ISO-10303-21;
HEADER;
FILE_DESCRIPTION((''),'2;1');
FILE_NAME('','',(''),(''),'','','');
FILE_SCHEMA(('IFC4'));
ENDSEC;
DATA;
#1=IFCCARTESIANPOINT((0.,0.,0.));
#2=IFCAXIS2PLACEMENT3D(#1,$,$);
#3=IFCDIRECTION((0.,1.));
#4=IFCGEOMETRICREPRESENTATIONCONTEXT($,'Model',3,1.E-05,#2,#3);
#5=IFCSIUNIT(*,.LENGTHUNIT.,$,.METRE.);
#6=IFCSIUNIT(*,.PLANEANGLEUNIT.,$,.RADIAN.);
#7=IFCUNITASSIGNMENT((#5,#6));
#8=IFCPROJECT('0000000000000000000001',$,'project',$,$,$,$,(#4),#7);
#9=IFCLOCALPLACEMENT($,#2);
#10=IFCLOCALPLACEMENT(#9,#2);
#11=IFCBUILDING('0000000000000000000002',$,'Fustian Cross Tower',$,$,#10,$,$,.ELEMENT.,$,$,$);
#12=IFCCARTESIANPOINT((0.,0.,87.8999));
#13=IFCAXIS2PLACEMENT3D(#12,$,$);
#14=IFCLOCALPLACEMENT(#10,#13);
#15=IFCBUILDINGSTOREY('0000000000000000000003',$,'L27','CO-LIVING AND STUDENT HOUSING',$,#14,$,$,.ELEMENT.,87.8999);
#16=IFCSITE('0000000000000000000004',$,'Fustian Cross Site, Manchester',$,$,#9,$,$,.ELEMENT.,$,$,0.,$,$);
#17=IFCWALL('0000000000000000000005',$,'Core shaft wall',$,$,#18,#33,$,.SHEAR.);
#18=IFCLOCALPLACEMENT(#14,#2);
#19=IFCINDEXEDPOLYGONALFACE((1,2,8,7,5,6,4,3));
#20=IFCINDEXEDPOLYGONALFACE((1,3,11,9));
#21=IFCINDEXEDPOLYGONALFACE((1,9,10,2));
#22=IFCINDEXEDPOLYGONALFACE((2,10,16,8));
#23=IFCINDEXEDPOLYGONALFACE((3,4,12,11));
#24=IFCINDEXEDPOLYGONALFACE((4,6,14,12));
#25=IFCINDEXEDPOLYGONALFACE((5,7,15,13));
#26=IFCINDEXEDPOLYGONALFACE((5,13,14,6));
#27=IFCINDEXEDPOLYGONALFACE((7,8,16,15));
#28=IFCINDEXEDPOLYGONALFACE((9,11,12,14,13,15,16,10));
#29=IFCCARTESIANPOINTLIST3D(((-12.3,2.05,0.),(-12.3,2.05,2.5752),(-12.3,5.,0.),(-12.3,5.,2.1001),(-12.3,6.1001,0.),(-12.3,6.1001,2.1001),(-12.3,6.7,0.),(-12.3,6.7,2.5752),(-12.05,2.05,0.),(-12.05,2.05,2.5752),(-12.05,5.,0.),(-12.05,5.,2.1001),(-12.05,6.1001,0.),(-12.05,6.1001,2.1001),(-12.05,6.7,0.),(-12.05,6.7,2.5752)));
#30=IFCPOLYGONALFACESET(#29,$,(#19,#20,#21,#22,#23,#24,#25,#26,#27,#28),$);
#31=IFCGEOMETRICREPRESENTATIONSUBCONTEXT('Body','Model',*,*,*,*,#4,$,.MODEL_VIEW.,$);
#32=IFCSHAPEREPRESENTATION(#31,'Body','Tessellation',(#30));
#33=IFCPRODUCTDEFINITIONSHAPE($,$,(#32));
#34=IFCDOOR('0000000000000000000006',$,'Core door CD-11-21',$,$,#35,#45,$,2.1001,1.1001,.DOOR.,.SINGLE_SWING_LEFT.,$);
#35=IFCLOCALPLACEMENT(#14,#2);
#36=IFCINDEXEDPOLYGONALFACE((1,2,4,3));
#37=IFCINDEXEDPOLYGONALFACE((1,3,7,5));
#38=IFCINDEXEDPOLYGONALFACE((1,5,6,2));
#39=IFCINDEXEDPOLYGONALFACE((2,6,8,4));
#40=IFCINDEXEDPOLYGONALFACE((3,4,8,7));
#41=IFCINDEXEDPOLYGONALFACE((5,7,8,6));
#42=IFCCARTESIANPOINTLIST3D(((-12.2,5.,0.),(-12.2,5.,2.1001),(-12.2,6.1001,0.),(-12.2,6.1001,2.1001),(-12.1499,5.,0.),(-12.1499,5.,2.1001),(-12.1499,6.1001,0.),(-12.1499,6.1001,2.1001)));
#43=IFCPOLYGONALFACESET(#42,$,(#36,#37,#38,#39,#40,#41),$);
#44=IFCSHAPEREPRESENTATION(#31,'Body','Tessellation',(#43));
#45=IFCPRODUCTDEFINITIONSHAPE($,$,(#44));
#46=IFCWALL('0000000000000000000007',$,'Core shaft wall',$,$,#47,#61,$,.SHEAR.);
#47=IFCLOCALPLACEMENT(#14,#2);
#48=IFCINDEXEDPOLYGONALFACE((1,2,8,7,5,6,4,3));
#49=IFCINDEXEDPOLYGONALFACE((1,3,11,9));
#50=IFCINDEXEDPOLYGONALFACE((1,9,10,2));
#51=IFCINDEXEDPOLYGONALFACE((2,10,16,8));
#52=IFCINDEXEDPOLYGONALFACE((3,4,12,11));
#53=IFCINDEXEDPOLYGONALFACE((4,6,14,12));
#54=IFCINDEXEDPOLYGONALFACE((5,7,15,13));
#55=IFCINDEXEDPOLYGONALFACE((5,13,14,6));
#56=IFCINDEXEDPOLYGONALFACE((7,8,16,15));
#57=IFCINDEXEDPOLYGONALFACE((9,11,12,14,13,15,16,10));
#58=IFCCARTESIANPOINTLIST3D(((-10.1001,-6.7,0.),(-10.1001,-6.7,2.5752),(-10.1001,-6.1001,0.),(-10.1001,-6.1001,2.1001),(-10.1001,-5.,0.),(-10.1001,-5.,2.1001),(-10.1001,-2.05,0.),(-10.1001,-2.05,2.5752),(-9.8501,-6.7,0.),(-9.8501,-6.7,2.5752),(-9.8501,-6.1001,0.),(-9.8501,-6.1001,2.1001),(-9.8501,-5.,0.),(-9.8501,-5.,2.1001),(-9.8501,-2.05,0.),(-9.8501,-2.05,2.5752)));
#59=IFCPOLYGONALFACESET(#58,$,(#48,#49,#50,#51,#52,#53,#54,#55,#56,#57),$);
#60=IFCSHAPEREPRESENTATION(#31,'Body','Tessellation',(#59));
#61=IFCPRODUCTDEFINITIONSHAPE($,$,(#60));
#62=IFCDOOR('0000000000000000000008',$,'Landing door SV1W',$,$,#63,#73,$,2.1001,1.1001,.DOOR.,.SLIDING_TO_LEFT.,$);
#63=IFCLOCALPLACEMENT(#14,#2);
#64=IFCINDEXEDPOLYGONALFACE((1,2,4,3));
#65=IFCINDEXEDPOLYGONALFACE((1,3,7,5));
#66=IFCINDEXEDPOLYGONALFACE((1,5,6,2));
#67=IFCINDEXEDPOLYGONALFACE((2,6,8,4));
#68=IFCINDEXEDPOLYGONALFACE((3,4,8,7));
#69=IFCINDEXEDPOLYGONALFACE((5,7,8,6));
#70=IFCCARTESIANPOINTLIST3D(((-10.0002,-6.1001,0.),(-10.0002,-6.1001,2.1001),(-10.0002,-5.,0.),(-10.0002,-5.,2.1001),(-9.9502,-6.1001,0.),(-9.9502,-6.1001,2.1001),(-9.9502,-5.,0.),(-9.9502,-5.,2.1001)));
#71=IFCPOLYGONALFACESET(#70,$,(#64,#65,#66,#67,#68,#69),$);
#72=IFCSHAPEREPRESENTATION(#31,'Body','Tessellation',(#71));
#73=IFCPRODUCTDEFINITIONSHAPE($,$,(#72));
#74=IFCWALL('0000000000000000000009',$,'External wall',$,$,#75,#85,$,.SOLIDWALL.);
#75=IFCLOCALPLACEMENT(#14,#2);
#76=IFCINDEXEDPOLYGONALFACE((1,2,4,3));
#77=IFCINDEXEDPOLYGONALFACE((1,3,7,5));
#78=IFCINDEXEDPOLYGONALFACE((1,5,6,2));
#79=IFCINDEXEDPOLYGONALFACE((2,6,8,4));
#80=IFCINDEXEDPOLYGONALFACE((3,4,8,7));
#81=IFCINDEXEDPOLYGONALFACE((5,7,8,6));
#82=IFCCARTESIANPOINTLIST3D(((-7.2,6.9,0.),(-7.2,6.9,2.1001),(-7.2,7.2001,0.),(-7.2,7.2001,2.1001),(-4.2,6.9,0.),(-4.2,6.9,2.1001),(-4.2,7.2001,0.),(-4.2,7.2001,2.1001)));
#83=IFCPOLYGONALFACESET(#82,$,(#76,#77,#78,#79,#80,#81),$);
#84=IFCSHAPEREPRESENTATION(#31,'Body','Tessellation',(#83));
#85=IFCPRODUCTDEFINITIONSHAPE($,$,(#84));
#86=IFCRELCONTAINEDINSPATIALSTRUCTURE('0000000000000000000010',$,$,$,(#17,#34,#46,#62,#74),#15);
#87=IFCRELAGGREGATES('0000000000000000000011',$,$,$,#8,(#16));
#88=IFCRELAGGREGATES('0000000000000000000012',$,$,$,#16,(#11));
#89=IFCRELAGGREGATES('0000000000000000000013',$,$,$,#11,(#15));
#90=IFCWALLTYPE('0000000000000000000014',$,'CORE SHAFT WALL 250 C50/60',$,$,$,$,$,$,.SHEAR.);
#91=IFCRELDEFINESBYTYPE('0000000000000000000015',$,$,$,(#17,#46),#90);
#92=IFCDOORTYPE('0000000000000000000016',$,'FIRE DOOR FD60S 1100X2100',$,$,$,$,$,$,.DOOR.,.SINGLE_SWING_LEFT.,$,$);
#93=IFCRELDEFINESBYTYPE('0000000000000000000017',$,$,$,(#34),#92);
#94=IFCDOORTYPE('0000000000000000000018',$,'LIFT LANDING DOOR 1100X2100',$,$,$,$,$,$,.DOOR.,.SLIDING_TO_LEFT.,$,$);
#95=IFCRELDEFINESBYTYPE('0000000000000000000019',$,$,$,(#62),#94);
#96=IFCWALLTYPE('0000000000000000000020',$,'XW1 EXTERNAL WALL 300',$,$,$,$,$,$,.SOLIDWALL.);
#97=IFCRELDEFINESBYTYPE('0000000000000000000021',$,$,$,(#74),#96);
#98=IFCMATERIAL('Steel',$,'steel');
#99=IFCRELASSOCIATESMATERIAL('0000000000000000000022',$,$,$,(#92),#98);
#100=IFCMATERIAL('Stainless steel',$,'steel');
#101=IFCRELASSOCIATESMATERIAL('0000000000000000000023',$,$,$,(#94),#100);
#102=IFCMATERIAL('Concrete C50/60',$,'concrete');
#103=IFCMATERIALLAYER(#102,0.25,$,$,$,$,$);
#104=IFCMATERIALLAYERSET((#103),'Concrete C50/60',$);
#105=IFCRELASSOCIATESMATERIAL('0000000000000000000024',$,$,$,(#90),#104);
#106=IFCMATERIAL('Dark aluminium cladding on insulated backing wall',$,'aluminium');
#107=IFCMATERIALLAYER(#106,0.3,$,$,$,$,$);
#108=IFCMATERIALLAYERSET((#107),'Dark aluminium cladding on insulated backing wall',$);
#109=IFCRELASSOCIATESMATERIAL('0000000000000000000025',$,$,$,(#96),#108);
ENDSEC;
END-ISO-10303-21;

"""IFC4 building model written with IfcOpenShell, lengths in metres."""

from ifc_helpers import new_model, si_unit, direction, frame, frame_2d, origin, place, context, subcontext, project, spatial, rectangle, extrude, material, layer, layer_set, type_object, element, fill, save


model = new_model("IFC4")

# Units and contexts
model_context = context("Model", 3, precision=1e-05, world=origin(), true_north=direction((0.0, 1.0)))
body_context = subcontext(model_context, "Body", "Model", "MODEL_VIEW")
ifc_project = project(units=[si_unit("LENGTHUNIT", "METRE"), si_unit("PLANEANGLEUNIT", "RADIAN")], contexts=[model_context])

# Site, building, storey
site_placement = place(None, origin())
site = spatial("IfcSite", under=ifc_project, at=site_placement, Name="Fustian Cross Site, Manchester", CompositionType="ELEMENT", RefElevation=0.0)
building_placement = place(site_placement, origin())
building = spatial("IfcBuilding", under=site, at=building_placement, Name="Fustian Cross Tower", CompositionType="ELEMENT")
storey_placement = place(building_placement, frame((0.0, 0.0, 87.8999)))
storey = spatial("IfcBuildingStorey", under=building, at=storey_placement, Name="L27", Description="CO-LIVING AND STUDENT HOUSING", CompositionType="ELEMENT", Elevation=87.8999)

# Shared definitions
ifc_material_1 = material(Name="Steel", Category="steel")
door_type_1 = type_object("IfcDoorType", Name="FIRE DOOR FD60S 1100X2100", OperationType="SINGLE_SWING_LEFT", PredefinedType="DOOR", material=ifc_material_1)
ifc_material_2 = material(Name="Stainless steel", Category="steel")
door_type_2 = type_object("IfcDoorType", Name="LIFT LANDING DOOR 1100X2100", OperationType="SLIDING_TO_LEFT", PredefinedType="DOOR", material=ifc_material_2)

# Shared definitions
ifc_material_3 = material(Name="Concrete C50/60", Category="concrete")
ifc_layer_1 = layer(ifc_material_3, 0.25)
ifc_layer_set_1 = layer_set([ifc_layer_1], Name="Concrete C50/60")
wall_type_1 = type_object("IfcWallType", Name="CORE SHAFT WALL 250 C50/60", PredefinedType="SHEAR", material=ifc_layer_set_1)

# Walls, openings, doors
wall_1_placement = place(storey_placement, frame((-12.175, 2.05, 0.0), z_axis=(0.0, 0.0, 1.0), x_axis=(0.0, 1.0, 0.0)))
wall_1 = element("IfcWall", 1, at=wall_1_placement, inside=storey, type_object=wall_type_1, Name="Core shaft wall", PredefinedType="SHEAR", context=body_context, shape_type="SweptSolid", body=[
    extrude(rectangle(XDim=4.6499, YDim=0.25, at=frame_2d((2.325, 0.0))), origin(), (0.0, 0.0, 1.0), 2.5752),
])
opening_1_placement = place(wall_1_placement, frame((2.95, 0.0, 0.0)))
opening_1 = element("IfcOpeningElement", 2, at=opening_1_placement, cuts=wall_1, PredefinedType="OPENING", context=body_context, shape_type="SweptSolid", body=[
    extrude(rectangle(XDim=1.1001, YDim=2.1001, at=frame_2d((0.55, 1.05))), frame((0.0, 0.135, 0.0), z_axis=(0.0, -1.0, 0.0), x_axis=(1.0, 0.0, 0.0)), (0.0, 0.0, 1.0), 0.27),
])
door_1_placement = place(opening_1_placement, origin())
door_1 = element("IfcDoor", 3, at=door_1_placement, inside=storey, type_object=door_type_1, Name="Core door CD-11-21", OperationType="SINGLE_SWING_LEFT", OverallHeight=2.1001, OverallWidth=1.1001, PredefinedType="DOOR", context=body_context, shape_type="SweptSolid", body=[
    extrude(rectangle(XDim=1.1001, YDim=2.1001, at=frame_2d((0.55, 1.05))), frame((0.0, 0.0249, 0.0), z_axis=(0.0, -1.0, 0.0), x_axis=(1.0, 0.0, 0.0)), (0.0, 0.0, 1.0), 0.05),
])
fill(opening_1, door_1)
wall_2_placement = place(storey_placement, frame((-9.9751, -2.05, 0.0), z_axis=(0.0, 0.0, 1.0), x_axis=(0.0, -1.0, 0.0)))
wall_2 = element("IfcWall", 4, at=wall_2_placement, inside=storey, type_object=wall_type_1, Name="Core shaft wall", PredefinedType="SHEAR", context=body_context, shape_type="SweptSolid", body=[
    extrude(rectangle(XDim=4.6499, YDim=0.25, at=frame_2d((2.325, 0.0))), origin(), (0.0, 0.0, 1.0), 2.5752),
])
opening_2_placement = place(wall_2_placement, frame((2.95, 0.0, 0.0)))
opening_2 = element("IfcOpeningElement", 5, at=opening_2_placement, cuts=wall_2, PredefinedType="OPENING", context=body_context, shape_type="SweptSolid", body=[
    extrude(rectangle(XDim=1.1001, YDim=2.1001, at=frame_2d((0.55, 1.05))), frame((0.0, 0.135, 0.0), z_axis=(0.0, -1.0, 0.0), x_axis=(1.0, 0.0, 0.0)), (0.0, 0.0, 1.0), 0.27),
])
door_2_placement = place(opening_2_placement, origin())
door_2 = element("IfcDoor", 6, at=door_2_placement, inside=storey, type_object=door_type_2, Name="Landing door SV1W", OperationType="SLIDING_TO_LEFT", OverallHeight=2.1001, OverallWidth=1.1001, PredefinedType="DOOR", context=body_context, shape_type="SweptSolid", body=[
    extrude(rectangle(XDim=1.1001, YDim=2.1001, at=frame_2d((0.55, 1.05))), frame((0.0, 0.0249, 0.0), z_axis=(0.0, -1.0, 0.0), x_axis=(1.0, 0.0, 0.0)), (0.0, 0.0, 1.0), 0.05),
])
fill(opening_2, door_2)

# Wall
ifc_material_4 = material(Name="Dark aluminium cladding on insulated backing wall", Category="aluminium")
ifc_layer_2 = layer(ifc_material_4, 0.3)
ifc_layer_set_2 = layer_set([ifc_layer_2], Name="Dark aluminium cladding on insulated backing wall")
wall_type_2 = type_object("IfcWallType", Name="XW1 EXTERNAL WALL 300", PredefinedType="SOLIDWALL", material=ifc_layer_set_2)
wall_3_placement = place(storey_placement, frame((-4.2, 7.05, 0.0), z_axis=(0.0, 0.0, 1.0), x_axis=(-1.0, 0.0, 0.0)))
element("IfcWall", 7, at=wall_3_placement, inside=storey, type_object=wall_type_2, Name="External wall", PredefinedType="SOLIDWALL", context=body_context, shape_type="SweptSolid", body=[
    extrude(rectangle(XDim=3.0, YDim=0.3, at=frame_2d((1.5, 0.0))), origin(), (0.0, 0.0, 1.0), 2.1001),
])

save(model, "model.ifc")
